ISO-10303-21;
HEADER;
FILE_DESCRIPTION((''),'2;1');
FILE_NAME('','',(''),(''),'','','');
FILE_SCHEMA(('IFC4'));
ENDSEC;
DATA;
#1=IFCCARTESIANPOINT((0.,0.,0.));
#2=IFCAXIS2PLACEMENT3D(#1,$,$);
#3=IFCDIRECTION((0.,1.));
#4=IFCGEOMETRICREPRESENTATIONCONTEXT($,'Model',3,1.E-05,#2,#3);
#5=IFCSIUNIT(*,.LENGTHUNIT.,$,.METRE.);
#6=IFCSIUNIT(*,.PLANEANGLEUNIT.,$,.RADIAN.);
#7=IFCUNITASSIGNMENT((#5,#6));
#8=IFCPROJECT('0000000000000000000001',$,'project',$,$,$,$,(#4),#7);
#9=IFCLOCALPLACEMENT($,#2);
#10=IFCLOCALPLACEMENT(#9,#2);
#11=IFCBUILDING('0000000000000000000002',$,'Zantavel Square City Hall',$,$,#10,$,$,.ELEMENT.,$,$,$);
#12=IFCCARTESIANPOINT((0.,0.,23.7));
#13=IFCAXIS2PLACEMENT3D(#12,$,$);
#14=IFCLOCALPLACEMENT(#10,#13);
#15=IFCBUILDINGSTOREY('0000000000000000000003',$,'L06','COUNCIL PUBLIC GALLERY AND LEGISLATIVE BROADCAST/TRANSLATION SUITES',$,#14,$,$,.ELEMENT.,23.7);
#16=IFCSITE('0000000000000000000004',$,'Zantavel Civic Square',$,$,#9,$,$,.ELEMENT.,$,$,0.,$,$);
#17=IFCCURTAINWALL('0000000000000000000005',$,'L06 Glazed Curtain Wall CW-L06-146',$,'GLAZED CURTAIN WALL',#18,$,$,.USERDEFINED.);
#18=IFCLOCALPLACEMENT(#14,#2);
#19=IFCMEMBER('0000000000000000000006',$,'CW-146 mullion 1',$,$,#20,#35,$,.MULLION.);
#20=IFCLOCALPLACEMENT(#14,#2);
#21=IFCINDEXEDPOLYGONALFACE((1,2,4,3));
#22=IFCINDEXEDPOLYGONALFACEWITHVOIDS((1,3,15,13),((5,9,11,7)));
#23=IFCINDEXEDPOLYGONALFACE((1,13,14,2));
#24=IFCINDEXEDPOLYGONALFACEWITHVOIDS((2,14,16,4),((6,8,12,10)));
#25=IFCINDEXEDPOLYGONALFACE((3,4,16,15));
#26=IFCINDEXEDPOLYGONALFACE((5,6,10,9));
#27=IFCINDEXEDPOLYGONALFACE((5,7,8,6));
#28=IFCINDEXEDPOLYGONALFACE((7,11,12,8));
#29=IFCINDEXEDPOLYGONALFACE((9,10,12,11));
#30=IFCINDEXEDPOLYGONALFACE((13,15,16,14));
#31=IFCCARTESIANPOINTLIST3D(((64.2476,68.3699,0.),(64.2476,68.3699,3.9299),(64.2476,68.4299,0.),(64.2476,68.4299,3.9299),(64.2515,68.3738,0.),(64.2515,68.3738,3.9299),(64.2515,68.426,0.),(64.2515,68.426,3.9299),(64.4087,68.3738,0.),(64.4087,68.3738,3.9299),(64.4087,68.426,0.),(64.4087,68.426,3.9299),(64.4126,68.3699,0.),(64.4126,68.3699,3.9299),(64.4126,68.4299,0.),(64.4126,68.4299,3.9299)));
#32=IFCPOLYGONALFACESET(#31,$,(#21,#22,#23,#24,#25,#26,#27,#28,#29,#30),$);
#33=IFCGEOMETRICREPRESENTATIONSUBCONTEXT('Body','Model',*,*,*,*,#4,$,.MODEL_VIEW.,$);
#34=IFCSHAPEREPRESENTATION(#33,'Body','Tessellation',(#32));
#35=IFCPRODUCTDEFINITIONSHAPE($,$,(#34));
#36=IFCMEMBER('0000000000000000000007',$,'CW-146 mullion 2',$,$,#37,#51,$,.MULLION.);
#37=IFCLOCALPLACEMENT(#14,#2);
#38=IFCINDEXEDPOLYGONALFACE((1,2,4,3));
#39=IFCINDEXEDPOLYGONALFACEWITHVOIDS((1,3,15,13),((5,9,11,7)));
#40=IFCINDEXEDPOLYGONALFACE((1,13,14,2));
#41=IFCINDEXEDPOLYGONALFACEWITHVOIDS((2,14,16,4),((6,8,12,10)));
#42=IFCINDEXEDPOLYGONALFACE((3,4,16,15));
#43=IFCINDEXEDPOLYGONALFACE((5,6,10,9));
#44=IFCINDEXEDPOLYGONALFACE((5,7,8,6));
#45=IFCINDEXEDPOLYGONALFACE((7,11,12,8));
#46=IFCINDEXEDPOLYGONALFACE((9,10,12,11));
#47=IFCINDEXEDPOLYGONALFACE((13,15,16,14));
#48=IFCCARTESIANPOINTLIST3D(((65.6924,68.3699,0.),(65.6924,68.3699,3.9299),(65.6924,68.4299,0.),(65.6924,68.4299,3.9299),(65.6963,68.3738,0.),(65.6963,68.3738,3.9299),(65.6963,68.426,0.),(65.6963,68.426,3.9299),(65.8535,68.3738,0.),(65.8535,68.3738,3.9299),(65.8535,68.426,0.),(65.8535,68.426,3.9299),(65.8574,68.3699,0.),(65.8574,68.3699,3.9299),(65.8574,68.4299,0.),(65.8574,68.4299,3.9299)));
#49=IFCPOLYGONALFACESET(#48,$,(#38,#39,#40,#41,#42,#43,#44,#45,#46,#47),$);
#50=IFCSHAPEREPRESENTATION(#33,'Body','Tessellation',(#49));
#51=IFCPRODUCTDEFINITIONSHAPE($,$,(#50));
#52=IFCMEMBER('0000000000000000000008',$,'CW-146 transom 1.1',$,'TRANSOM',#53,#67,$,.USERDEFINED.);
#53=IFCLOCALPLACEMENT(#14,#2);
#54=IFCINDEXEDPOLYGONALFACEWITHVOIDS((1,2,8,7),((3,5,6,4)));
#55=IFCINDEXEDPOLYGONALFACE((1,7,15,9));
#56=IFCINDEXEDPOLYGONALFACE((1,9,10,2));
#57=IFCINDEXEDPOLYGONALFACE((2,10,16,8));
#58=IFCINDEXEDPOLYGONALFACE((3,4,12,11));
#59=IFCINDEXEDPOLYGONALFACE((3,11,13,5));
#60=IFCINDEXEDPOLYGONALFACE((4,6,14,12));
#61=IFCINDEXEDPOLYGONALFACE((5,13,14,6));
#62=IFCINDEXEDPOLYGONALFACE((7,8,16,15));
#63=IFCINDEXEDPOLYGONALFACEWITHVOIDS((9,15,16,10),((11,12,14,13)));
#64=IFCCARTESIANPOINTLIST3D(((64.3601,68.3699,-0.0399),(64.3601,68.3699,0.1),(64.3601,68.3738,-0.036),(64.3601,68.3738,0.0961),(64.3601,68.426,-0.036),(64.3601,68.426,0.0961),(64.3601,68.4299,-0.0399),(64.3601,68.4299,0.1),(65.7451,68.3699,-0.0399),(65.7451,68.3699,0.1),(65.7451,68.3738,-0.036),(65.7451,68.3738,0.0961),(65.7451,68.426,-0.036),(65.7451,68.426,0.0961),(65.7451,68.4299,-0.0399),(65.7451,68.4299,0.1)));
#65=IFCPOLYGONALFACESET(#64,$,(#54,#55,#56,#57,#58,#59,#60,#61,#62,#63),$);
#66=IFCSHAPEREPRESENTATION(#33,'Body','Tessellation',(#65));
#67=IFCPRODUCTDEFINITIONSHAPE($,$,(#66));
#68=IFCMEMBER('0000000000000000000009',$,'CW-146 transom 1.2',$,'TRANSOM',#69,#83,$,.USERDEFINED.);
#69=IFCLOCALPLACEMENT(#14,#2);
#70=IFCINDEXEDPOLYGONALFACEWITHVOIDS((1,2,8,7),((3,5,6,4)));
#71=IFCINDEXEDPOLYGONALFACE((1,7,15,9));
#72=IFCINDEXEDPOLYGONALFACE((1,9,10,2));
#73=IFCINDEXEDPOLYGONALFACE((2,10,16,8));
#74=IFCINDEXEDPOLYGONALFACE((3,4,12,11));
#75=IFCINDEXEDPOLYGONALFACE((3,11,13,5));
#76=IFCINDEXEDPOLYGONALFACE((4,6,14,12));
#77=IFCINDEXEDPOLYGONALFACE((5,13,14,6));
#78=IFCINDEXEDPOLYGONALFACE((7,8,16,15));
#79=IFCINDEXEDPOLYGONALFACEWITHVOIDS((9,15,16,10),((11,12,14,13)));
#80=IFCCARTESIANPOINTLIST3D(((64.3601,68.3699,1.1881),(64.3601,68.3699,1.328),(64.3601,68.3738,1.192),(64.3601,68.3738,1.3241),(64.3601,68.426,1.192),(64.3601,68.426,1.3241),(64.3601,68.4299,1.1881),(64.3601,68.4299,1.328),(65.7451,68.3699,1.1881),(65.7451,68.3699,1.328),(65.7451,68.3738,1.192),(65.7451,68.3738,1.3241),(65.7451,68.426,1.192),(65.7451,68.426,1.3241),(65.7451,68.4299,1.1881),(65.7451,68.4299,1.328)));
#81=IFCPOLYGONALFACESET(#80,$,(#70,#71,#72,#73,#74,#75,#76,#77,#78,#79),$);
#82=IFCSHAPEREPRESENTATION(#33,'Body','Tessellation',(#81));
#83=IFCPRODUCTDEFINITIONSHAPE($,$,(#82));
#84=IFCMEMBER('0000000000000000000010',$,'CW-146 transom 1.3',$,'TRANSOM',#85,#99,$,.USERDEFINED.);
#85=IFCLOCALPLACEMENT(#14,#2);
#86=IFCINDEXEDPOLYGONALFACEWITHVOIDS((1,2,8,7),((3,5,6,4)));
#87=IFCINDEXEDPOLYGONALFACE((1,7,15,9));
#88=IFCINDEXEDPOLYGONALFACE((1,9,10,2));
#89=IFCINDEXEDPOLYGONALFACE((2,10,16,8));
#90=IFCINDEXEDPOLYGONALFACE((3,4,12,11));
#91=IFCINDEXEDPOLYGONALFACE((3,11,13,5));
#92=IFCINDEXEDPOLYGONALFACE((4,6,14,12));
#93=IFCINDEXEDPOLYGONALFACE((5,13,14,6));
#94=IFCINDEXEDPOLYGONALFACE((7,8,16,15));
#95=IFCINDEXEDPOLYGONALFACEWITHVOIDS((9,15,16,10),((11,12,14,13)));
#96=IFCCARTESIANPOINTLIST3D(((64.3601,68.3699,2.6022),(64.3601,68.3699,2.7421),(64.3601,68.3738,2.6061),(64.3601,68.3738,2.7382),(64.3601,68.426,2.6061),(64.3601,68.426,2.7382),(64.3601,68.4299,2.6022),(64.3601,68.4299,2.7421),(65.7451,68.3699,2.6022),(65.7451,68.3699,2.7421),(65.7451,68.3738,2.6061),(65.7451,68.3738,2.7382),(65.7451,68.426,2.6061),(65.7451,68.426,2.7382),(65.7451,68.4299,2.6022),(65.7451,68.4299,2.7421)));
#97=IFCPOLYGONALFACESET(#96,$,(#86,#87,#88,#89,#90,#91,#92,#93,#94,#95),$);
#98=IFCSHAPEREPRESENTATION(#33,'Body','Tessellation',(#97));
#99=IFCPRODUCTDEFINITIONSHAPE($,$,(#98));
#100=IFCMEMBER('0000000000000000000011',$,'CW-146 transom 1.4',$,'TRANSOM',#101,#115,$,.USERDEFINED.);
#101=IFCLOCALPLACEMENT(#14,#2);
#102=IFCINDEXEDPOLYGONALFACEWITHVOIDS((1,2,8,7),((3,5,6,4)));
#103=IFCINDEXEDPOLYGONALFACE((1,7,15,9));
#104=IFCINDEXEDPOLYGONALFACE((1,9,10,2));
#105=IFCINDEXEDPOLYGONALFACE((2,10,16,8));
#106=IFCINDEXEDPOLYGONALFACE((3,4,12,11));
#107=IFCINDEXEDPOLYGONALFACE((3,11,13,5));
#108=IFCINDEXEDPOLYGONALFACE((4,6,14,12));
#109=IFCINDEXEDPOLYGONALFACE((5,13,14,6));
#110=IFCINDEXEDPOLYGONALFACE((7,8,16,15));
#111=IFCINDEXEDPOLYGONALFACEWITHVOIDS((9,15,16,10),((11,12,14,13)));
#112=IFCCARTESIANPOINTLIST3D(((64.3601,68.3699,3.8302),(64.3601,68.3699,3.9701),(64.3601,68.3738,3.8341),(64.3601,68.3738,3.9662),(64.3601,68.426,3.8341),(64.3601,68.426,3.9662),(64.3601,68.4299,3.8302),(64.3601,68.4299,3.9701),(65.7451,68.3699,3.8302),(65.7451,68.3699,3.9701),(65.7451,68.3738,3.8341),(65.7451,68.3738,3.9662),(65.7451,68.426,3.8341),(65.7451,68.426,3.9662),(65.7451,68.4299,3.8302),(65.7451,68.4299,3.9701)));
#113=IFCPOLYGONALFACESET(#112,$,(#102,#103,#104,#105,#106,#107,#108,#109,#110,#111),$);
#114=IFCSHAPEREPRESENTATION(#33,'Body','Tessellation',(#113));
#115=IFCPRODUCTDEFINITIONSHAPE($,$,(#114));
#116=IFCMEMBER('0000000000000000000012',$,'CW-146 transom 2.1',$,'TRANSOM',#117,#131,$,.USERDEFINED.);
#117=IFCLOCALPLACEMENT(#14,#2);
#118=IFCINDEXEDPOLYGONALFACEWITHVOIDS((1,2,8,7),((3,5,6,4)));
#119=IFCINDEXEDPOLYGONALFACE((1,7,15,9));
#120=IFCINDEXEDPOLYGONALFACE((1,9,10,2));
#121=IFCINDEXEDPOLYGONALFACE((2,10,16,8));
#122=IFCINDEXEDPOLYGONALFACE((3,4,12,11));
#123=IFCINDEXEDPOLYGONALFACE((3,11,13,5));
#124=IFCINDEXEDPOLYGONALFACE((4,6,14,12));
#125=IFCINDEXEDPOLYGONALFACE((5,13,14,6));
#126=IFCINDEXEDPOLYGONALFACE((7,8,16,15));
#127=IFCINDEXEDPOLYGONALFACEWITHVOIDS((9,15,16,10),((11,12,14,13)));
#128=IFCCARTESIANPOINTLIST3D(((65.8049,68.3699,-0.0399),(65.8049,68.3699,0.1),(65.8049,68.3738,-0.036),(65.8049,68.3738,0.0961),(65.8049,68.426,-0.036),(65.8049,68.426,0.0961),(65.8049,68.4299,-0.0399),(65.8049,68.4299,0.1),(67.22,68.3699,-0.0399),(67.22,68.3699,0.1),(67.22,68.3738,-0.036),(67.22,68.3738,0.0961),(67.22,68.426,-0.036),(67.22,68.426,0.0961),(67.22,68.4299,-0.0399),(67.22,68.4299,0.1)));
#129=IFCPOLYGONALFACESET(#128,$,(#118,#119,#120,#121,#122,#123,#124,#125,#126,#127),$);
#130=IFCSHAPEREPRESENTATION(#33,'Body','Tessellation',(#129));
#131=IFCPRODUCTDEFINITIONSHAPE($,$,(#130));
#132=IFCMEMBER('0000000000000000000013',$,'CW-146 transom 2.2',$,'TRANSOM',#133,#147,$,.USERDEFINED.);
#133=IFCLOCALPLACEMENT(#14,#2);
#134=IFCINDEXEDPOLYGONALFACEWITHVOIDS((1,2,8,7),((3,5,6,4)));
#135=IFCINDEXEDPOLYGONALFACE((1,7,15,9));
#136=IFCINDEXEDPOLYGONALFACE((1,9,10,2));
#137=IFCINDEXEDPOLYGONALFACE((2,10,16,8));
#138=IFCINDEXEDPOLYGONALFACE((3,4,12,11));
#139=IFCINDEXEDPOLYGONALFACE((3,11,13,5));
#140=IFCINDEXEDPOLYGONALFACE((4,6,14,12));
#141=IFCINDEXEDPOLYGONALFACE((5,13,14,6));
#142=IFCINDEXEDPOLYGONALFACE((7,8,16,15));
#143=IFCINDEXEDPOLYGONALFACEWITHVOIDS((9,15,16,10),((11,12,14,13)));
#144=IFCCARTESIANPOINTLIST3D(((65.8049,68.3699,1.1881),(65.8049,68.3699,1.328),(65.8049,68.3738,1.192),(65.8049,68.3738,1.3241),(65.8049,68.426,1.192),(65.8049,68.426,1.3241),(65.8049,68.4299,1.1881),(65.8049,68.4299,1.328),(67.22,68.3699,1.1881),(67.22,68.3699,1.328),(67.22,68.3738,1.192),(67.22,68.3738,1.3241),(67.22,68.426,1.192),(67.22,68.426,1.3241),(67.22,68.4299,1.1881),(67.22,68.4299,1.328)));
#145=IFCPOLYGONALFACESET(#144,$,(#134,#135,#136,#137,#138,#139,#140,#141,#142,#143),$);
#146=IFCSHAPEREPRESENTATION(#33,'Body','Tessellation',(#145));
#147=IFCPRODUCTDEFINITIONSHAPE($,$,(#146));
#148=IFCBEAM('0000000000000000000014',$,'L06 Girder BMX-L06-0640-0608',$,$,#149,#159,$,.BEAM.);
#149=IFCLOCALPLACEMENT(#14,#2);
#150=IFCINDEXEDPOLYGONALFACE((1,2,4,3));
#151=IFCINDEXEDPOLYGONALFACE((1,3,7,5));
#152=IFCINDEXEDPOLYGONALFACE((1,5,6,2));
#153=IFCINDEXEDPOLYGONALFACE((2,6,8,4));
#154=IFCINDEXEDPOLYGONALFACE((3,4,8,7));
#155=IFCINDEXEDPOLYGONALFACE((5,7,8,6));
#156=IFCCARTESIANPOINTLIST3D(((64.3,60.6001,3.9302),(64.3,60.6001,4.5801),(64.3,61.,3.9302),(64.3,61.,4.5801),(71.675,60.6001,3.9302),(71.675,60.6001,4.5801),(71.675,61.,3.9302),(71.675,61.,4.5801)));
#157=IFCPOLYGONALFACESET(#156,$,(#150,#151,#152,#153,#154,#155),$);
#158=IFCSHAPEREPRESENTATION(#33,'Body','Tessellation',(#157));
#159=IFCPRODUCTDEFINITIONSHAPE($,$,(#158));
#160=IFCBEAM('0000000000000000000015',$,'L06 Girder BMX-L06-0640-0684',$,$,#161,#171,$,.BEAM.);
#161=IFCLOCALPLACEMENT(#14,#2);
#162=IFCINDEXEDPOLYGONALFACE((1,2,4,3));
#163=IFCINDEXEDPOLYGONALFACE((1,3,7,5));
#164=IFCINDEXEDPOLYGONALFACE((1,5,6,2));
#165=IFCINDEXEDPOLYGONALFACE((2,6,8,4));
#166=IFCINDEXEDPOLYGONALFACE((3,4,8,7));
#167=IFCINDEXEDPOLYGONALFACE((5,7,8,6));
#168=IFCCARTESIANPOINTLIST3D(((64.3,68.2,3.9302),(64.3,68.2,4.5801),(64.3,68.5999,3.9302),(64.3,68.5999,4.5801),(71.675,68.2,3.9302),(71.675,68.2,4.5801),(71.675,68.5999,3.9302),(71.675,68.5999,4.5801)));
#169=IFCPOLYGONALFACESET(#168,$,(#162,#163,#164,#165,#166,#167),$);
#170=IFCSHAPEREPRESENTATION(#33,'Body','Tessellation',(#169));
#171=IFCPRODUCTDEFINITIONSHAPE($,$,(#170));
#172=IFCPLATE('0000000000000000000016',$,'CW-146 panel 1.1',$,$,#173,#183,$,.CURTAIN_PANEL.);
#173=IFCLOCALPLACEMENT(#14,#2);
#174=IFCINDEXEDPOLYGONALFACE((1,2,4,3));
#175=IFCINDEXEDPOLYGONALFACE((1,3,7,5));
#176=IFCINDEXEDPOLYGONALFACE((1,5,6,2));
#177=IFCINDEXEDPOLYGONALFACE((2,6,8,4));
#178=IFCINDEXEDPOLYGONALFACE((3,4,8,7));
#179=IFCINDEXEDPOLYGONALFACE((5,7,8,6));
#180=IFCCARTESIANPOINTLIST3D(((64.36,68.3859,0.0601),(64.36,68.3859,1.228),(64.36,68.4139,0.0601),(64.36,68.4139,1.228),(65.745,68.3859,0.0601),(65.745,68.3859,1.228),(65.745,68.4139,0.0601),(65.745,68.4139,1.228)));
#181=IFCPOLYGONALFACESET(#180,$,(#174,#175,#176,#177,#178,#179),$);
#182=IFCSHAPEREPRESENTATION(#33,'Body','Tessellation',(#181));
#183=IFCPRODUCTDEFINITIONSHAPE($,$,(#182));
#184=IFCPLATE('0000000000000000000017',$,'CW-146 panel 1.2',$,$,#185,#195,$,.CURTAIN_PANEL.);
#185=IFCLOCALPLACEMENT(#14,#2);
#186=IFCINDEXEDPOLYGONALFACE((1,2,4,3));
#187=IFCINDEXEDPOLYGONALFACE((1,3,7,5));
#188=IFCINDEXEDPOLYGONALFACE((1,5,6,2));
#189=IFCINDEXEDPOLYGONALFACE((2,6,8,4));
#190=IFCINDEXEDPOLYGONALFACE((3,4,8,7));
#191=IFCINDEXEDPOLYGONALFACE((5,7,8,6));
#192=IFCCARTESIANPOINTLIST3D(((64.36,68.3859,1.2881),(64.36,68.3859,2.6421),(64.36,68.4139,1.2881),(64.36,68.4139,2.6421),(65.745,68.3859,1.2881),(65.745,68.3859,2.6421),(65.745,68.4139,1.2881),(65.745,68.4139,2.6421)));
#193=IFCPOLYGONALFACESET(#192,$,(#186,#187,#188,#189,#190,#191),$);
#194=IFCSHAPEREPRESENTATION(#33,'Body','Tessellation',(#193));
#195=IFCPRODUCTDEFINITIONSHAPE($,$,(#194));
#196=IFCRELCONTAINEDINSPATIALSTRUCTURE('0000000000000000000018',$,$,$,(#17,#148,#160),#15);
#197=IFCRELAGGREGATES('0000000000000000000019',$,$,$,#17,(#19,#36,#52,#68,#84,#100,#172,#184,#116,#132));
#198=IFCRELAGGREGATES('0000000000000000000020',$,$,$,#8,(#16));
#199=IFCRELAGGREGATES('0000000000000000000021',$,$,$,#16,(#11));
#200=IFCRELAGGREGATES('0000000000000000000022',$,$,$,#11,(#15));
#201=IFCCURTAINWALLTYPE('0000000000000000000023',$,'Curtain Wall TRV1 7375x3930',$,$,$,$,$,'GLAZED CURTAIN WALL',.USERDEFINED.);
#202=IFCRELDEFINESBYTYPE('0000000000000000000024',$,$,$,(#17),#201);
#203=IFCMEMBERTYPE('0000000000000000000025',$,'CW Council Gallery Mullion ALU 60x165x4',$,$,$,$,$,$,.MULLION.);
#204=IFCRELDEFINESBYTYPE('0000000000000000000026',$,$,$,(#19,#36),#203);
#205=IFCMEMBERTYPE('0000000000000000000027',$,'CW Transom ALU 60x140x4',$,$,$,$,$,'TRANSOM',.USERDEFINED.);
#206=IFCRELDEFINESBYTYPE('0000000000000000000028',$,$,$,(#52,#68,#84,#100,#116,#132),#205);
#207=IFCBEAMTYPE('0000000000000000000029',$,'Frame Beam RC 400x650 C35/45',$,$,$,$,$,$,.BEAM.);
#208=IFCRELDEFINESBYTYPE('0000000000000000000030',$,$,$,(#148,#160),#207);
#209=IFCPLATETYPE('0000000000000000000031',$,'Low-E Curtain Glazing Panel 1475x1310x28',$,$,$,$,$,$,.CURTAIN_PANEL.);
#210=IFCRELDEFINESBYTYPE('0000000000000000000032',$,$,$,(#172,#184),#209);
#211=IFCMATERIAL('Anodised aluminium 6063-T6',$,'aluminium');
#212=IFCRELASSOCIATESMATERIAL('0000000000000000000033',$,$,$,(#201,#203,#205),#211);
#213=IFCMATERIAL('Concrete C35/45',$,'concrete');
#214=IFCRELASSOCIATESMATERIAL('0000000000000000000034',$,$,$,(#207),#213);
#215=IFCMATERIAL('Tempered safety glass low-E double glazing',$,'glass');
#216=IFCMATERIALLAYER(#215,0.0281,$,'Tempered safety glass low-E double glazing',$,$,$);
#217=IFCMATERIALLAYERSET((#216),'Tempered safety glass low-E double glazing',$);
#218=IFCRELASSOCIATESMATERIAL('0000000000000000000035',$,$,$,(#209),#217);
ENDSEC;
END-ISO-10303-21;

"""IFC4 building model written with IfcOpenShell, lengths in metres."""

from ifc_helpers import new_model, si_unit, direction, frame, origin, origin_2d, place, context, subcontext, project, spatial, rectangle, hollow_rectangle, extrude, material, layer, layer_set, material_profile, profile_set, type_object, element, aggregate, save


model = new_model("IFC4")

# Units and contexts
model_context = context("Model", 3, precision=1e-05, world=origin(), true_north=direction((0.0, 1.0)))
body_context = subcontext(model_context, "Body", "Model", "MODEL_VIEW")
ifc_project = project(units=[si_unit("LENGTHUNIT", "METRE"), si_unit("PLANEANGLEUNIT", "RADIAN")], contexts=[model_context])

# Site, building, storey
site_placement = place(None, origin())
site = spatial("IfcSite", under=ifc_project, at=site_placement, Name="Zantavel Civic Square", CompositionType="ELEMENT", RefElevation=0.0)
building_placement = place(site_placement, origin())
building = spatial("IfcBuilding", under=site, at=building_placement, Name="Zantavel Square City Hall", CompositionType="ELEMENT")
storey_placement = place(building_placement, frame((0.0, 0.0, 23.7)))
storey = spatial("IfcBuildingStorey", under=building, at=storey_placement, Name="L06", Description="COUNCIL PUBLIC GALLERY AND LEGISLATIVE BROADCAST/TRANSLATION SUITES", CompositionType="ELEMENT", Elevation=23.7)

# Curtain wall, members
ifc_material_1 = material(Name="Anodised aluminium 6063-T6", Category="aluminium")
curtain_wall_type = type_object("IfcCurtainWallType", Name="Curtain Wall TRV1 7375x3930", ElementType="GLAZED CURTAIN WALL", PredefinedType="USERDEFINED", material=ifc_material_1)
curtain_wall_placement = place(storey_placement, origin())
curtain_wall = element("IfcCurtainWall", 1, at=curtain_wall_placement, inside=storey, type_object=curtain_wall_type, Name="L06 Glazed Curtain Wall CW-L06-146", ObjectType="GLAZED CURTAIN WALL", PredefinedType="USERDEFINED")
ifc_material_profile_1 = material_profile(ifc_material_1, hollow_rectangle(XDim=0.0601, YDim=0.165, WallThickness=0.0039, at=origin_2d()), Name="ALU 60x165x4")
ifc_profile_set_1 = profile_set([ifc_material_profile_1], Name="Anodised aluminium 6063-T6")
member_type_1 = type_object("IfcMemberType", Name="CW Council Gallery Mullion ALU 60x165x4", PredefinedType="MULLION", material=ifc_profile_set_1)
member_1_placement = place(storey_placement, frame((64.3301, 68.3999, 0.0), z_axis=(0.0, 0.0, 1.0), x_axis=(0.0, 1.0, 0.0)))
member_1 = element("IfcMember", 2, at=member_1_placement, type_object=member_type_1, Name="CW-146 mullion 1", PredefinedType="MULLION", context=body_context, shape_type="SweptSolid", body=[
    extrude(hollow_rectangle(XDim=0.0601, YDim=0.165, WallThickness=0.0039, at=origin_2d()), origin(), (0.0, 0.0, 1.0), 3.9299),
])
member_2_placement = place(storey_placement, frame((65.7749, 68.3999, 0.0), z_axis=(0.0, 0.0, 1.0), x_axis=(0.0, 1.0, 0.0)))
member_2 = element("IfcMember", 3, at=member_2_placement, type_object=member_type_1, Name="CW-146 mullion 2", PredefinedType="MULLION", context=body_context, shape_type="SweptSolid", body=[
    extrude(hollow_rectangle(XDim=0.0601, YDim=0.165, WallThickness=0.0039, at=origin_2d()), origin(), (0.0, 0.0, 1.0), 3.9299),
])
ifc_material_profile_2 = material_profile(ifc_material_1, hollow_rectangle(XDim=0.0601, YDim=0.1399, WallThickness=0.0039, at=origin_2d()), Name="ALU 60x140x4")
ifc_profile_set_2 = profile_set([ifc_material_profile_2], Name="Anodised aluminium 6063-T6")
member_type_2 = type_object("IfcMemberType", Name="CW Transom ALU 60x140x4", ElementType="TRANSOM", PredefinedType="USERDEFINED", material=ifc_profile_set_2)
member_3_placement = place(storey_placement, frame((64.3601, 68.3999, 0.03), z_axis=(1.0, 0.0, 0.0), x_axis=(0.0, 1.0, 0.0)))
member_3 = element("IfcMember", 4, at=member_3_placement, type_object=member_type_2, Name="CW-146 transom 1.1", ObjectType="TRANSOM", PredefinedType="USERDEFINED", context=body_context, shape_type="SweptSolid", body=[
    extrude(hollow_rectangle(XDim=0.0601, YDim=0.1399, WallThickness=0.0039, at=origin_2d()), origin(), (0.0, 0.0, 1.0), 1.385),
])
member_4_placement = place(storey_placement, frame((64.3601, 68.3999, 1.2581), z_axis=(1.0, 0.0, 0.0), x_axis=(0.0, 1.0, 0.0)))
member_4 = element("IfcMember", 5, at=member_4_placement, type_object=member_type_2, Name="CW-146 transom 1.2", ObjectType="TRANSOM", PredefinedType="USERDEFINED", context=body_context, shape_type="SweptSolid", body=[
    extrude(hollow_rectangle(XDim=0.0601, YDim=0.1399, WallThickness=0.0039, at=origin_2d()), origin(), (0.0, 0.0, 1.0), 1.385),
])
member_5_placement = place(storey_placement, frame((64.3601, 68.3999, 2.6721), z_axis=(1.0, 0.0, 0.0), x_axis=(0.0, 1.0, 0.0)))
member_5 = element("IfcMember", 6, at=member_5_placement, type_object=member_type_2, Name="CW-146 transom 1.3", ObjectType="TRANSOM", PredefinedType="USERDEFINED", context=body_context, shape_type="SweptSolid", body=[
    extrude(hollow_rectangle(XDim=0.0601, YDim=0.1399, WallThickness=0.0039, at=origin_2d()), origin(), (0.0, 0.0, 1.0), 1.385),
])
member_6_placement = place(storey_placement, frame((64.3601, 68.3999, 3.9001), z_axis=(1.0, 0.0, 0.0), x_axis=(0.0, 1.0, 0.0)))
member_6 = element("IfcMember", 7, at=member_6_placement, type_object=member_type_2, Name="CW-146 transom 1.4", ObjectType="TRANSOM", PredefinedType="USERDEFINED", context=body_context, shape_type="SweptSolid", body=[
    extrude(hollow_rectangle(XDim=0.0601, YDim=0.1399, WallThickness=0.0039, at=origin_2d()), origin(), (0.0, 0.0, 1.0), 1.385),
])
member_7_placement = place(storey_placement, frame((65.8049, 68.3999, 0.03), z_axis=(1.0, 0.0, 0.0), x_axis=(0.0, 1.0, 0.0)))
member_7 = element("IfcMember", 8, at=member_7_placement, type_object=member_type_2, Name="CW-146 transom 2.1", ObjectType="TRANSOM", PredefinedType="USERDEFINED", context=body_context, shape_type="SweptSolid", body=[
    extrude(hollow_rectangle(XDim=0.0601, YDim=0.1399, WallThickness=0.0039, at=origin_2d()), origin(), (0.0, 0.0, 1.0), 1.415),
])
member_8_placement = place(storey_placement, frame((65.8049, 68.3999, 1.2581), z_axis=(1.0, 0.0, 0.0), x_axis=(0.0, 1.0, 0.0)))
member_8 = element("IfcMember", 9, at=member_8_placement, type_object=member_type_2, Name="CW-146 transom 2.2", ObjectType="TRANSOM", PredefinedType="USERDEFINED", context=body_context, shape_type="SweptSolid", body=[
    extrude(hollow_rectangle(XDim=0.0601, YDim=0.1399, WallThickness=0.0039, at=origin_2d()), origin(), (0.0, 0.0, 1.0), 1.415),
])

# Beams
ifc_material_2 = material(Name="Concrete C35/45", Category="concrete")
ifc_material_profile_3 = material_profile(ifc_material_2, rectangle(XDim=0.3999, YDim=0.6499, at=origin_2d()), Name="RC 400x650")
ifc_profile_set_3 = profile_set([ifc_material_profile_3], Name="Concrete C35/45")
beam_type = type_object("IfcBeamType", Name="Frame Beam RC 400x650 C35/45", PredefinedType="BEAM", material=ifc_profile_set_3)
for number, where, z_axis, x_axis, name in (
    (10, (64.3, 60.8, 4.2551), (1.0, 0.0, 0.0), (0.0, 1.0, 0.0), "L06 Girder BMX-L06-0640-0608"),
    (11, (64.3, 68.3999, 4.2551), (1.0, 0.0, 0.0), (0.0, 1.0, 0.0), "L06 Girder BMX-L06-0640-0684"),
):
    element("IfcBeam", number, at=place(storey_placement, frame(where, z_axis=z_axis, x_axis=x_axis)), inside=storey, type_object=beam_type, Name=name, PredefinedType="BEAM", context=body_context, shape_type="SweptSolid", body=[
        extrude(rectangle(XDim=0.3999, YDim=0.6499, at=origin_2d()), origin(), (0.0, 0.0, 1.0), 7.375),
    ])

# Plates
ifc_material_3 = material(Name="Tempered safety glass low-E double glazing", Category="glass")
ifc_layer_1 = layer(ifc_material_3, 0.0281, Name="Tempered safety glass low-E double glazing")
ifc_layer_set_1 = layer_set([ifc_layer_1], Name="Tempered safety glass low-E double glazing")
plate_type = type_object("IfcPlateType", Name="Low-E Curtain Glazing Panel 1475x1310x28", PredefinedType="CURTAIN_PANEL", material=ifc_layer_set_1)
plate_1_placement = place(storey_placement, frame((65.0525, 68.3999, 0.0601), z_axis=(0.0, 0.0, 1.0), x_axis=(1.0, 0.0, 0.0)))
plate_1 = element("IfcPlate", 12, at=plate_1_placement, type_object=plate_type, Name="CW-146 panel 1.1", PredefinedType="CURTAIN_PANEL", context=body_context, shape_type="SweptSolid", body=[
    extrude(rectangle(XDim=1.385, YDim=0.0281, at=origin_2d()), origin(), (0.0, 0.0, 1.0), 1.168),
])
plate_2_placement = place(storey_placement, frame((65.0525, 68.3999, 1.2881), z_axis=(0.0, 0.0, 1.0), x_axis=(1.0, 0.0, 0.0)))
plate_2 = element("IfcPlate", 13, at=plate_2_placement, type_object=plate_type, Name="CW-146 panel 1.2", PredefinedType="CURTAIN_PANEL", context=body_context, shape_type="SweptSolid", body=[
    extrude(rectangle(XDim=1.385, YDim=0.0281, at=origin_2d()), origin(), (0.0, 0.0, 1.0), 1.354),
])
aggregate(curtain_wall, [member_1, member_2, member_3, member_4, member_5, member_6, plate_1, plate_2, member_7, member_8])

save(model, "model.ifc")
